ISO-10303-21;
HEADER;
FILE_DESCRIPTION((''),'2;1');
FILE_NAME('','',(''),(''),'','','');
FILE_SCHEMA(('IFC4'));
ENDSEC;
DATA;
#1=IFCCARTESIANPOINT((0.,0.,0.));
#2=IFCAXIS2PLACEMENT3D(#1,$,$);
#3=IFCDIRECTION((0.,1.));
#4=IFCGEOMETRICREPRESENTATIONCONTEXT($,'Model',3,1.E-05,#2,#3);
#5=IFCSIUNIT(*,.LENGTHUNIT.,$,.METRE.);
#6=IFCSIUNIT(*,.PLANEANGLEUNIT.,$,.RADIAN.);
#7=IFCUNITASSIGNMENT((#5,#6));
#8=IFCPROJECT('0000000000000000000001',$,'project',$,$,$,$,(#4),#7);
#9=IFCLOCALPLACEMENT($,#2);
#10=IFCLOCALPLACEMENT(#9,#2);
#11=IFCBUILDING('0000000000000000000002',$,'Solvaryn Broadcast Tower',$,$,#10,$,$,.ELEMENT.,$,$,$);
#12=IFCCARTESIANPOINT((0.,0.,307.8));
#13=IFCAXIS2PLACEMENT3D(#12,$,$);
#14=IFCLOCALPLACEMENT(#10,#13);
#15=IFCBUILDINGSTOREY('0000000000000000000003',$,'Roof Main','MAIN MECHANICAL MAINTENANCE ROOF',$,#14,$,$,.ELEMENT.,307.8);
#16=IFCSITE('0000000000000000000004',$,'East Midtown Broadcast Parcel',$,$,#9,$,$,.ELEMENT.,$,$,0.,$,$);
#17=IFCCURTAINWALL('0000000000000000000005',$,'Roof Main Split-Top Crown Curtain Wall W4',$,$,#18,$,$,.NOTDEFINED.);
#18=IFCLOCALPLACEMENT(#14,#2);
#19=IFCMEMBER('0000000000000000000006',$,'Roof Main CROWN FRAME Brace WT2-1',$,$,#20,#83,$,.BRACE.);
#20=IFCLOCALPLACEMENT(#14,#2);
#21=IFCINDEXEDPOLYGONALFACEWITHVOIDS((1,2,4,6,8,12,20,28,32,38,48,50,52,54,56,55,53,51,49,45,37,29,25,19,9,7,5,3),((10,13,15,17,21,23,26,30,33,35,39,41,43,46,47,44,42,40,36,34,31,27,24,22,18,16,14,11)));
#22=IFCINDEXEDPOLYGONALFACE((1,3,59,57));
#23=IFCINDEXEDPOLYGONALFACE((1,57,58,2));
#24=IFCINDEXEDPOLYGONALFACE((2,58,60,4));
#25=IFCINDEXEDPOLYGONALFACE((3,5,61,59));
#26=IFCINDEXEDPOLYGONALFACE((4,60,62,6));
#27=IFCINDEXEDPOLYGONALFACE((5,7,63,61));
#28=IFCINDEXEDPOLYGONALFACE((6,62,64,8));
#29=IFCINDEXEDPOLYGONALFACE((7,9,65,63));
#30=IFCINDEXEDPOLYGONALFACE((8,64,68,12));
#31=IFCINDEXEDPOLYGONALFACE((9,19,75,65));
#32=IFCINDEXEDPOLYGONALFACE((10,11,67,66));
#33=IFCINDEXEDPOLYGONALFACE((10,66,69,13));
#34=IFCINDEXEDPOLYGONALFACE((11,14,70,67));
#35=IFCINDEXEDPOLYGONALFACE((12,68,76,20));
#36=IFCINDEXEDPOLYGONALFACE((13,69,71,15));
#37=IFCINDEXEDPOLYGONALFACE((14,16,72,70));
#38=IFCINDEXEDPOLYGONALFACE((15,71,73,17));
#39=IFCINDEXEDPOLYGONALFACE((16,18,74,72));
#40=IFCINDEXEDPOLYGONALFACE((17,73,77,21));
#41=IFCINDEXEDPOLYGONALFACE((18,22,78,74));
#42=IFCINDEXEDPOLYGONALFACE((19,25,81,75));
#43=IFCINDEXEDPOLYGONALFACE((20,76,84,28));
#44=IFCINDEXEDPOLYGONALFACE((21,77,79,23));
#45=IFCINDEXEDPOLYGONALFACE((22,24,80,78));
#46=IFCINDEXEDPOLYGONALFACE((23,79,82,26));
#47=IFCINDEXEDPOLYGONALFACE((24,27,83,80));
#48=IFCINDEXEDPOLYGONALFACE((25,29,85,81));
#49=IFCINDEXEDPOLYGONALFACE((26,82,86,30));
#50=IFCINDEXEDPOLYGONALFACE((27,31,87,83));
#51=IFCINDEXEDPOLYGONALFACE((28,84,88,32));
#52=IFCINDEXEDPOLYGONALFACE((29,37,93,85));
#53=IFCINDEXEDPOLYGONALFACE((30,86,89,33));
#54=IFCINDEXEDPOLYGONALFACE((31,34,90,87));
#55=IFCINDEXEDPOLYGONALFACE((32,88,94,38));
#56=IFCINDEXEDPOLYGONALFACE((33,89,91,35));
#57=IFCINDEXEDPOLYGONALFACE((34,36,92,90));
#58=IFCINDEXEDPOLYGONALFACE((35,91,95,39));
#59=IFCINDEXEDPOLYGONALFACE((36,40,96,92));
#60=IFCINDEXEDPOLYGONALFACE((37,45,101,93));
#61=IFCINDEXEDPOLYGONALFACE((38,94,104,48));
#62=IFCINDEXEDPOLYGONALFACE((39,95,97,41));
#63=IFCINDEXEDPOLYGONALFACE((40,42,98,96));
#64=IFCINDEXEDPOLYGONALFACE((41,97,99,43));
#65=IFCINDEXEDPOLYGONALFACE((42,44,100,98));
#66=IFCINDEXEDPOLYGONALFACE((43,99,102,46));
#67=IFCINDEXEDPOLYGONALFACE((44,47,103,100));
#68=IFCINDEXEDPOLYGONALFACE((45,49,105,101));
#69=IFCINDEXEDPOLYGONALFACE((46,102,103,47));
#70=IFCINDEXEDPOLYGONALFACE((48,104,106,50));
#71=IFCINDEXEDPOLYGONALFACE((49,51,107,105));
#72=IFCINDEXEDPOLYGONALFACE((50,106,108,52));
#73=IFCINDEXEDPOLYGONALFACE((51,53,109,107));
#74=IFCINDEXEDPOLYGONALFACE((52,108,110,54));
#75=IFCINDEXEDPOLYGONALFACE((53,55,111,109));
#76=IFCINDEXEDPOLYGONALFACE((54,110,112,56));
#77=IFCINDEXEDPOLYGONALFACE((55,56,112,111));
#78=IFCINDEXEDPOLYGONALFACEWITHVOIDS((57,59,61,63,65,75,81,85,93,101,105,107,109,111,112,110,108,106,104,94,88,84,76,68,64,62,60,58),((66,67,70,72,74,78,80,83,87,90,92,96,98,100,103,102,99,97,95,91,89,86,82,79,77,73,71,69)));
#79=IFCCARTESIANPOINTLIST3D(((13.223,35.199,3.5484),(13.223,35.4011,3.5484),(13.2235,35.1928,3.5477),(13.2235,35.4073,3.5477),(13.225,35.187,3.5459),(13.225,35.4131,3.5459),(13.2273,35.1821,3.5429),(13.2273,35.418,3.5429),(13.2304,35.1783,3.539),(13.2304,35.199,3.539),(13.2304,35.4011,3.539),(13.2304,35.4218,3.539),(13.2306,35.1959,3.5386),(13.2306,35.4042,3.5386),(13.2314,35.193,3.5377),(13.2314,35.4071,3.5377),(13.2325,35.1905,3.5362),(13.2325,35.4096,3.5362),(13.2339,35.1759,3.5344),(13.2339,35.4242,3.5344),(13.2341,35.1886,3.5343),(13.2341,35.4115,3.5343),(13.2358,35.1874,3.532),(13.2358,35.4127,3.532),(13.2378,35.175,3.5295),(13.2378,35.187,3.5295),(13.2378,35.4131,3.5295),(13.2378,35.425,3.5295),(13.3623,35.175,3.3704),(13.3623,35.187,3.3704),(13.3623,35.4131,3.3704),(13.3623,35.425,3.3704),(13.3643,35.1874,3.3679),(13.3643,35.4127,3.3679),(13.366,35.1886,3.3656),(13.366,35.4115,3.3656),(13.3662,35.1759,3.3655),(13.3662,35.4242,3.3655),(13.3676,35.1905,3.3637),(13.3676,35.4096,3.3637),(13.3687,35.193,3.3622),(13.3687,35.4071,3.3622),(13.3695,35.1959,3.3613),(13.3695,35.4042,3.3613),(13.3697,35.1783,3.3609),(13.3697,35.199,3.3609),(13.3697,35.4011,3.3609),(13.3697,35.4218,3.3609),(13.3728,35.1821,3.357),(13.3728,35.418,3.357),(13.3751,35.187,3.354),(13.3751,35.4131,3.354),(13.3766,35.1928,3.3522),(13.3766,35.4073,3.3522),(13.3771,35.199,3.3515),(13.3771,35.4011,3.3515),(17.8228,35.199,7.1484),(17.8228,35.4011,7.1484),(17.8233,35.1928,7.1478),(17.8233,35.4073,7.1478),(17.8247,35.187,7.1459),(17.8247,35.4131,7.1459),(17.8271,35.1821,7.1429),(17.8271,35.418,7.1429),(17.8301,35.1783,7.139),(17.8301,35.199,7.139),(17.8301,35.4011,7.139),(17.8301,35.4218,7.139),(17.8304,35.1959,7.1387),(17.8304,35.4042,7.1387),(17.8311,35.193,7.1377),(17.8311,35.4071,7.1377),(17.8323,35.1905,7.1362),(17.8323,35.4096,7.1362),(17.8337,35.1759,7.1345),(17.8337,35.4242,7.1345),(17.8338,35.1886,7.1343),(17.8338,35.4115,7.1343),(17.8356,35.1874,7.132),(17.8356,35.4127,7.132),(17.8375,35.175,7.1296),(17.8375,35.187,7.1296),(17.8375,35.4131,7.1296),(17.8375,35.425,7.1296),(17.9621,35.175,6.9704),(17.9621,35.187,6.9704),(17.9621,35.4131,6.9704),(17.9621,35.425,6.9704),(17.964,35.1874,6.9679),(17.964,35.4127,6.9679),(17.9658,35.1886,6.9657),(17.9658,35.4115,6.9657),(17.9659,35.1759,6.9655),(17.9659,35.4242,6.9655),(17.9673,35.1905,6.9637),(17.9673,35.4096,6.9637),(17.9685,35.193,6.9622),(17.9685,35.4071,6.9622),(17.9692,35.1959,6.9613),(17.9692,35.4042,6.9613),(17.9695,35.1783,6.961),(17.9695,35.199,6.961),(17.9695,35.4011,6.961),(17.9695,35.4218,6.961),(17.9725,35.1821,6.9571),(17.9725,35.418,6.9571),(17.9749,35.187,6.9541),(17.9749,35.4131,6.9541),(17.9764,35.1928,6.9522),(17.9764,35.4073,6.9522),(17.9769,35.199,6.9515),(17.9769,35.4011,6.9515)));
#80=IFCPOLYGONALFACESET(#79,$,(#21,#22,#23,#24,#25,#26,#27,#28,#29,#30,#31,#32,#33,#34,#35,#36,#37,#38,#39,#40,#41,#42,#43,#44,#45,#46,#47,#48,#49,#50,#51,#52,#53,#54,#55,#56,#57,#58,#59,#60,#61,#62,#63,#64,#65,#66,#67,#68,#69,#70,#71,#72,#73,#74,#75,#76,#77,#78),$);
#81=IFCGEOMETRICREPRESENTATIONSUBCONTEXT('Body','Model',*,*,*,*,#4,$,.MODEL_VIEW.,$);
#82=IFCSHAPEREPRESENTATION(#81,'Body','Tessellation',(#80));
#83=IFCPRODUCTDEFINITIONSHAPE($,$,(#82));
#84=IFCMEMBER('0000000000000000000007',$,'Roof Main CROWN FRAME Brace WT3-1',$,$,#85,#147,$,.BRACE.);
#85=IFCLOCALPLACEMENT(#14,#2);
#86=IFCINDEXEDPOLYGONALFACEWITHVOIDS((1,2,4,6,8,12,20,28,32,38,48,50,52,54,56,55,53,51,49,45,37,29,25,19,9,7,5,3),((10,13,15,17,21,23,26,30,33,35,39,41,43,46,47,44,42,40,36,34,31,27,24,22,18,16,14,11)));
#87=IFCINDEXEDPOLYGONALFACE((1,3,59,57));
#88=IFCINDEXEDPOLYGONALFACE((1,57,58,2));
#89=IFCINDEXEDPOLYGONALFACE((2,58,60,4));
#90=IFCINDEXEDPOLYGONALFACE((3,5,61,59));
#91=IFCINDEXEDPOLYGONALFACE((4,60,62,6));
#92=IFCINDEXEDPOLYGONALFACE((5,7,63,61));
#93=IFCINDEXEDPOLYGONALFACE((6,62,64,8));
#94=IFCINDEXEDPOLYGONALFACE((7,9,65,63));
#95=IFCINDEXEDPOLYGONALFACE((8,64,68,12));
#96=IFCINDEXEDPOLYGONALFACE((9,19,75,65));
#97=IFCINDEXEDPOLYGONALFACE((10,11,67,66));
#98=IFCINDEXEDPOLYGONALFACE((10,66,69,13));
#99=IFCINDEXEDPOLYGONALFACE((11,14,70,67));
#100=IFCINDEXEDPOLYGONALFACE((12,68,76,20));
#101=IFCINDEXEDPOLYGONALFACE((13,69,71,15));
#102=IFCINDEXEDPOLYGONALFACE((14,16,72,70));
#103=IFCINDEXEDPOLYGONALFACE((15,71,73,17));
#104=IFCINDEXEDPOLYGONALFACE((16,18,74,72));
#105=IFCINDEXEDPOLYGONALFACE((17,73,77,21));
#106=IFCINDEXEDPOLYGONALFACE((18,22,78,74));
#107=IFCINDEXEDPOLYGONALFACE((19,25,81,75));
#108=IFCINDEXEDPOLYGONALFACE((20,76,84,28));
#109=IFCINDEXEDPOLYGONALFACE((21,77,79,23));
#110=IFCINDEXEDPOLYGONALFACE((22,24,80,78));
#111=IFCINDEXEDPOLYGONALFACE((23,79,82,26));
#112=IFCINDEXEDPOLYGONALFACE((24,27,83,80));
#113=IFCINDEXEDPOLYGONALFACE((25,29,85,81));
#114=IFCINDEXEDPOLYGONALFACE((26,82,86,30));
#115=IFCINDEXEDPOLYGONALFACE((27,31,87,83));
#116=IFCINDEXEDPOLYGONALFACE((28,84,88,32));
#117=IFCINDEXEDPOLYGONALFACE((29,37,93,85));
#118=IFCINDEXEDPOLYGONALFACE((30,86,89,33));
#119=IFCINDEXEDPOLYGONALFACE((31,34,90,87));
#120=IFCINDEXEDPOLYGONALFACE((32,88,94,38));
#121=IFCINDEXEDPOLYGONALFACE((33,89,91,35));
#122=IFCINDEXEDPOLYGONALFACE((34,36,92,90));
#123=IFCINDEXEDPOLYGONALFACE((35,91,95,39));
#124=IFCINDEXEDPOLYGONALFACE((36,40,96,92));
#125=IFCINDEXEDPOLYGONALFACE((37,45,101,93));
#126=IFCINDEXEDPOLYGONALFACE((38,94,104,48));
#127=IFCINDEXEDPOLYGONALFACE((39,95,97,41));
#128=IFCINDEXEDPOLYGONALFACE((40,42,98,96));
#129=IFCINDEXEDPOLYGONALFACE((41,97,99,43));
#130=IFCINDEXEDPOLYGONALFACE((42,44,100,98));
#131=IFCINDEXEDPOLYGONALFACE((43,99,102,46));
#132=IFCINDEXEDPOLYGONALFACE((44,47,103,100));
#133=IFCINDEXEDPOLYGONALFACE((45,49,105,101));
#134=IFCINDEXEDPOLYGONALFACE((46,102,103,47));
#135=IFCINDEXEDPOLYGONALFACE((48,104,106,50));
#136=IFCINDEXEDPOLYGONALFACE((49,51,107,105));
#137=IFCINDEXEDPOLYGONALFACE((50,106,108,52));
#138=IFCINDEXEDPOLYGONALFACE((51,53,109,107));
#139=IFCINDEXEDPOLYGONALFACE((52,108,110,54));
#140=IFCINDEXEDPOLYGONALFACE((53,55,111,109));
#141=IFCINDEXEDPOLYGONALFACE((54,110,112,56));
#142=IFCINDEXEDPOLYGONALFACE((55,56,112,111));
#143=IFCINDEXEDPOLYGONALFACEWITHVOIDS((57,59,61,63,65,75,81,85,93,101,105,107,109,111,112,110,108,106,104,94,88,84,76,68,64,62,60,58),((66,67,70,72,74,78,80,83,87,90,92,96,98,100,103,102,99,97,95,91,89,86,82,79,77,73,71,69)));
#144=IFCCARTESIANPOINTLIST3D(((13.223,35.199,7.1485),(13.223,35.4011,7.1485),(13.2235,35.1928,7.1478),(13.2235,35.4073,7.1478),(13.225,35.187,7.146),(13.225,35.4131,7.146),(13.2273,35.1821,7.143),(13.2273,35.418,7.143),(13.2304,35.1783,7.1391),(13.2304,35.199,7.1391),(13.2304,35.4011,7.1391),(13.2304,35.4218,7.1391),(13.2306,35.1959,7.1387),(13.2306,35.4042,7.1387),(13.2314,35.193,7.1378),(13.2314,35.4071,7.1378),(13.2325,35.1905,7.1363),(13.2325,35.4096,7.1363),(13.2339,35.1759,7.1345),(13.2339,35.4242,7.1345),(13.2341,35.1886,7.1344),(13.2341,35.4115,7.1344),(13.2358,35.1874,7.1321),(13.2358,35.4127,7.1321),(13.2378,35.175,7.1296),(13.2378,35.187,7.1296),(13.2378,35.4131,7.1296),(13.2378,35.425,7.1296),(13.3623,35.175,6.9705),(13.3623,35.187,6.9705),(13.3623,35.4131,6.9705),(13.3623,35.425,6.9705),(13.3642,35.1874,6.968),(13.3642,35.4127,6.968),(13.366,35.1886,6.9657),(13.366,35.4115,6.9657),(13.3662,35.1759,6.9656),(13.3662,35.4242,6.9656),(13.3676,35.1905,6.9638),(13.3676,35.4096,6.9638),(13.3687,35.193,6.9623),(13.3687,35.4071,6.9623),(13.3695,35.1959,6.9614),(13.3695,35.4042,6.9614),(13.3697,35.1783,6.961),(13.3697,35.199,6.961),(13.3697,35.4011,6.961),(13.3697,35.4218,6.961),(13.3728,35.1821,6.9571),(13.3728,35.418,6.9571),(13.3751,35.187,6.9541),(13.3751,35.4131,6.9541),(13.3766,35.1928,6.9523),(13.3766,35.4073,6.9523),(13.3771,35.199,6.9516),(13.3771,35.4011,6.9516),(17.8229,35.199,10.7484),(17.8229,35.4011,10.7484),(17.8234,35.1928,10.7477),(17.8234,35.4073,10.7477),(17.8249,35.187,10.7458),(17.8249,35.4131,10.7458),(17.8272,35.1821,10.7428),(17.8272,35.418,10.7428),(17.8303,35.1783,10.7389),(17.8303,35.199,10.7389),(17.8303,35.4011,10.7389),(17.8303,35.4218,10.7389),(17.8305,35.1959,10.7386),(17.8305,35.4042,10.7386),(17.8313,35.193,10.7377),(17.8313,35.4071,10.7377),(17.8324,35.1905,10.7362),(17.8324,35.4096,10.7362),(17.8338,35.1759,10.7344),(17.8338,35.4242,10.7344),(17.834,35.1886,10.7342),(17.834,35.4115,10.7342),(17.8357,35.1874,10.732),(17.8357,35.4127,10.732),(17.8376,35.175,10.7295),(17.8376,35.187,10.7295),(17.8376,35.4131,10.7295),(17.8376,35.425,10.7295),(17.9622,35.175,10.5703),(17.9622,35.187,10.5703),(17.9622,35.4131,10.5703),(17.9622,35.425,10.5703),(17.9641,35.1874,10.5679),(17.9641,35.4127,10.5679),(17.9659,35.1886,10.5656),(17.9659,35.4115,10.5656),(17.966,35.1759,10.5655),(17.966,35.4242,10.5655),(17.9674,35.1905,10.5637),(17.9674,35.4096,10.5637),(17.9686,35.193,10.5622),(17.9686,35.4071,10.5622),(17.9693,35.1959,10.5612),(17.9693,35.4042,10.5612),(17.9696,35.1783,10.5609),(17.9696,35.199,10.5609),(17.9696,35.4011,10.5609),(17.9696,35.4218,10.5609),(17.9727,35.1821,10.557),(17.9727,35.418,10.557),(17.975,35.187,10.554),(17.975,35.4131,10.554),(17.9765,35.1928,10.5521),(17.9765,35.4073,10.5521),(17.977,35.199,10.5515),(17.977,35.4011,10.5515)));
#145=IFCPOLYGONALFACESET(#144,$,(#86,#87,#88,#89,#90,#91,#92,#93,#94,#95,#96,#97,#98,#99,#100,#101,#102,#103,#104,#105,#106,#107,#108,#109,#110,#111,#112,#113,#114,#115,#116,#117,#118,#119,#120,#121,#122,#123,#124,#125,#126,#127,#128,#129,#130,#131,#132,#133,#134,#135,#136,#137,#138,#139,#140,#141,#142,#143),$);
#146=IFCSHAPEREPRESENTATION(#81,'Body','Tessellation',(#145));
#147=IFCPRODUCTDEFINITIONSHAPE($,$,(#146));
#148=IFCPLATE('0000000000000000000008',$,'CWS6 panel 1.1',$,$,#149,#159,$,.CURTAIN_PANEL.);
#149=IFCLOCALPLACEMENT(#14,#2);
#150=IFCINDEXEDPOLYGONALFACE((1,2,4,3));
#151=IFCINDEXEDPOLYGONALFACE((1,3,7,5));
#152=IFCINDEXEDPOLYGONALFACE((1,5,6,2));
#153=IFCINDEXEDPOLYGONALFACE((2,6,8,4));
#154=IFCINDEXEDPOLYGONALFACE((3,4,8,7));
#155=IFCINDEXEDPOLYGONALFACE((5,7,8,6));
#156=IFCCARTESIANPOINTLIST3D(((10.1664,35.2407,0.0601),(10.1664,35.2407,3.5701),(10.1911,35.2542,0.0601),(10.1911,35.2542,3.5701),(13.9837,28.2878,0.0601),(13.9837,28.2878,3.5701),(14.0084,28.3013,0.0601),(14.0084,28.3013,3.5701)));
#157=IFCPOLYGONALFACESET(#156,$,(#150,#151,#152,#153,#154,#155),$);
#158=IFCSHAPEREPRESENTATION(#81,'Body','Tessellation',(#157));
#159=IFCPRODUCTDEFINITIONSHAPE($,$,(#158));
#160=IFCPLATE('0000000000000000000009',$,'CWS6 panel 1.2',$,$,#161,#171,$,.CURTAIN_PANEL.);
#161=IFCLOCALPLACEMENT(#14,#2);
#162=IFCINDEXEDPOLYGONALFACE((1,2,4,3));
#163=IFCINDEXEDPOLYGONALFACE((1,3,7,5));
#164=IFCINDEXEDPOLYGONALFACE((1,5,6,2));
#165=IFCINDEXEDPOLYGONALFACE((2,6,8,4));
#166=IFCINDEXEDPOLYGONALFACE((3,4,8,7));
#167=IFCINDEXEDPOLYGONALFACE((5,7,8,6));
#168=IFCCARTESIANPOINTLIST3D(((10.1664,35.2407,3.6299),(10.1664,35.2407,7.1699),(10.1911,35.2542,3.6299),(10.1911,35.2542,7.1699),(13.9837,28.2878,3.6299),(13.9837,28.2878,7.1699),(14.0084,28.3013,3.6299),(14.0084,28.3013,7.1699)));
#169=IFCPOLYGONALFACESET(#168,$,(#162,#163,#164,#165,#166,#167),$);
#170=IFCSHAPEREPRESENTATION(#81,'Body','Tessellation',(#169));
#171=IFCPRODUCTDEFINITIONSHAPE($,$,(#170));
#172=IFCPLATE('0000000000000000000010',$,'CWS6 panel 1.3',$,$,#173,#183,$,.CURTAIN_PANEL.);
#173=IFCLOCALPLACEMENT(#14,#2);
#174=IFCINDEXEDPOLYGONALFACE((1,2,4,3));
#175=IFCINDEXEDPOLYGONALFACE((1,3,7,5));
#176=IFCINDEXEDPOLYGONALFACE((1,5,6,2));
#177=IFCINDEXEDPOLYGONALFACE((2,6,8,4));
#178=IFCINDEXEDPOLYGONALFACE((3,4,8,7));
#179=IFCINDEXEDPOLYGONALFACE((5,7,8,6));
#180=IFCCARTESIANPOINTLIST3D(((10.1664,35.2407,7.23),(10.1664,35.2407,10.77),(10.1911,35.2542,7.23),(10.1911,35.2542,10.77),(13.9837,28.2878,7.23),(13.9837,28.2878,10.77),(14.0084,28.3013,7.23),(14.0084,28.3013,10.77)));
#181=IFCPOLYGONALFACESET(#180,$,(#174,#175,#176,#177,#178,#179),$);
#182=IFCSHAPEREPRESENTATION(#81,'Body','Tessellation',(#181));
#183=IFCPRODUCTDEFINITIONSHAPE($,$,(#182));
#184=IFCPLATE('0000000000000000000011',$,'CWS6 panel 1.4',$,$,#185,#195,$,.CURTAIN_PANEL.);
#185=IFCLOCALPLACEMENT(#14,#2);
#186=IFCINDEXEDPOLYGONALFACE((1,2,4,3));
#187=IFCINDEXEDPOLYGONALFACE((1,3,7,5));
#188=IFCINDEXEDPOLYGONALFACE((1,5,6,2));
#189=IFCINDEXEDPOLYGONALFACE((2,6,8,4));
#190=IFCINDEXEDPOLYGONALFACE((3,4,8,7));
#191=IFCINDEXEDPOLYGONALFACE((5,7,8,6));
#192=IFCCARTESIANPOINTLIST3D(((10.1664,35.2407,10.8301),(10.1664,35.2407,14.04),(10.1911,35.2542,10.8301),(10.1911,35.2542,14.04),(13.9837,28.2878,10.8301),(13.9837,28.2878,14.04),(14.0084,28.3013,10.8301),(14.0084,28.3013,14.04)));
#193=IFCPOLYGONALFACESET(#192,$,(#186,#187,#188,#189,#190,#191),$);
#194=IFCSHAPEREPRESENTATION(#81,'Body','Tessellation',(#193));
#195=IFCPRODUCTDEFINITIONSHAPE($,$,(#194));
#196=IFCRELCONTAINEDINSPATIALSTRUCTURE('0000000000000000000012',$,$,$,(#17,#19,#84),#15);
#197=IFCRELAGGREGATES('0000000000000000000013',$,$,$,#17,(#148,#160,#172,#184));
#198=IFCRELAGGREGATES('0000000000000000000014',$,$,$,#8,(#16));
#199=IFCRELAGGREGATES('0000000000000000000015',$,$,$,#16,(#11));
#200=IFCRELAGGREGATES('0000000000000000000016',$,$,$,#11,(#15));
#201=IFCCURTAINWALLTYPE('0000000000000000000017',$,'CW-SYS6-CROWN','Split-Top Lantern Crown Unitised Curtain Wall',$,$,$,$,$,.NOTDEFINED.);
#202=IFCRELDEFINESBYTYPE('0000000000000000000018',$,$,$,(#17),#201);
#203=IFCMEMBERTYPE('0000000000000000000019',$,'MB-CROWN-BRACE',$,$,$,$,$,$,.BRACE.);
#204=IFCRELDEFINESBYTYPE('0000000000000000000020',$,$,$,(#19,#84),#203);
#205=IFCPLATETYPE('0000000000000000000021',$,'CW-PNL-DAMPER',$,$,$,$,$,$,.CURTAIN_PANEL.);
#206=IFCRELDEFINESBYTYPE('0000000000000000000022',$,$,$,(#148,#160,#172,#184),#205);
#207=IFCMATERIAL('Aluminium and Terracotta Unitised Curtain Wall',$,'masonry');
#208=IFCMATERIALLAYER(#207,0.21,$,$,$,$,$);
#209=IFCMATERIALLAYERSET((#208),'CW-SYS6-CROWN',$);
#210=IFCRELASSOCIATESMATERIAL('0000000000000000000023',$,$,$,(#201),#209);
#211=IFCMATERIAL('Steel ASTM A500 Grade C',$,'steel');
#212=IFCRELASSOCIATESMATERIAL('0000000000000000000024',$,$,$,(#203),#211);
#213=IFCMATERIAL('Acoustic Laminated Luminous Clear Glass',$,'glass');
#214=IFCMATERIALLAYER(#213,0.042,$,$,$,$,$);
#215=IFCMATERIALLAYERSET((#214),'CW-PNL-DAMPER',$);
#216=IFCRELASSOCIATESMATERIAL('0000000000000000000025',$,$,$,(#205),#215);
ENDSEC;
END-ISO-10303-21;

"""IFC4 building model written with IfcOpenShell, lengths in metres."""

from ifc_helpers import new_model, si_unit, direction, frame, origin, origin_2d, place, context, subcontext, project, spatial, rectangle, hollow_rectangle, extrude, material, layer, layer_set, material_profile, profile_set, type_object, element, aggregate, save


model = new_model("IFC4")

# Units and contexts
model_context = context("Model", 3, precision=1e-05, world=origin(), true_north=direction((0.0, 1.0)))
body_context = subcontext(model_context, "Body", "Model", "MODEL_VIEW")
ifc_project = project(units=[si_unit("LENGTHUNIT", "METRE"), si_unit("PLANEANGLEUNIT", "RADIAN")], contexts=[model_context])

# Site, building, storey
site_placement = place(None, origin())
site = spatial("IfcSite", under=ifc_project, at=site_placement, Name="East Midtown Broadcast Parcel", CompositionType="ELEMENT", RefElevation=0.0)
building_placement = place(site_placement, origin())
building = spatial("IfcBuilding", under=site, at=building_placement, Name="Solvaryn Broadcast Tower", CompositionType="ELEMENT")
storey_placement = place(building_placement, frame((0.0, 0.0, 307.8)))
storey = spatial("IfcBuildingStorey", under=building, at=storey_placement, Name="Roof Main", Description="MAIN MECHANICAL MAINTENANCE ROOF", CompositionType="ELEMENT", Elevation=307.8)

# Curtain wall
ifc_material_1 = material(Name="Aluminium and Terracotta Unitised Curtain Wall", Category="masonry")
ifc_layer_1 = layer(ifc_material_1, 0.21)
ifc_layer_set_1 = layer_set([ifc_layer_1], Name="CW-SYS6-CROWN")
curtain_wall_type = type_object("IfcCurtainWallType", Name="CW-SYS6-CROWN", Description="Split-Top Lantern Crown Unitised Curtain Wall", PredefinedType="NOTDEFINED", material=ifc_layer_set_1)
curtain_wall_1_placement = place(storey_placement, origin())
curtain_wall_1 = element("IfcCurtainWall", 1, at=curtain_wall_1_placement, inside=storey, type_object=curtain_wall_type, Name="Roof Main Split-Top Crown Curtain Wall W4", PredefinedType="NOTDEFINED")

# Members
ifc_material_2 = material(Name="Steel ASTM A500 Grade C", Category="steel")
ifc_material_profile_1 = material_profile(ifc_material_2, hollow_rectangle(XDim=0.25, YDim=0.25, WallThickness=0.012, InnerFilletRadius=0.012, OuterFilletRadius=0.0239, at=origin_2d()))
ifc_profile_set_1 = profile_set([ifc_material_profile_1], Name="Steel ASTM A500 Grade C")
member_type_1 = type_object("IfcMemberType", Name="MB-CROWN-BRACE", PredefinedType="BRACE", material=ifc_profile_set_1)
for number, where, z_axis, x_axis, name in (
    (2, (13.3, 35.3, 3.45), (0.787487, 0.0, 0.616331), (0.0, 1.0, 0.0), "Roof Main CROWN FRAME Brace WT2-1"),
    (3, (13.3, 35.3, 7.05), (0.787508, 0.0, 0.616305), (0.0, 1.0, 0.0), "Roof Main CROWN FRAME Brace WT3-1"),
):
    element("IfcMember", number, at=place(storey_placement, frame(where, z_axis=z_axis, x_axis=x_axis)), inside=storey, type_object=member_type_1, Name=name, PredefinedType="BRACE", context=body_context, shape_type="SweptSolid", body=[
        extrude(hollow_rectangle(XDim=0.25, YDim=0.25, WallThickness=0.012, InnerFilletRadius=0.012, OuterFilletRadius=0.0239, at=origin_2d()), origin(), (0.0, 0.0, 1.0), 5.8411),
    ])

# Plates
ifc_material_3 = material(Name="Acoustic Laminated Luminous Clear Glass", Category="glass")
ifc_layer_2 = layer(ifc_material_3, 0.042)
ifc_layer_set_2 = layer_set([ifc_layer_2], Name="CW-PNL-DAMPER")
plate_type_1 = type_object("IfcPlateType", Name="CW-PNL-DAMPER", PredefinedType="CURTAIN_PANEL", material=ifc_layer_set_2)
plate_1_placement = place(storey_placement, frame((12.0874, 31.771, 0.0601), z_axis=(0.0, 0.0, 1.0), x_axis=(0.481261, -0.876578, 0.0)))
plate_1 = element("IfcPlate", 4, at=plate_1_placement, type_object=plate_type_1, Name="CWS6 panel 1.1", PredefinedType="CURTAIN_PANEL", context=body_context, shape_type="SweptSolid", body=[
    extrude(rectangle(XDim=7.9319, YDim=0.0281, at=origin_2d()), origin(), (0.0, 0.0, 1.0), 3.51),
])
plate_2_placement = place(storey_placement, frame((12.0874, 31.771, 3.6299), z_axis=(0.0, 0.0, 1.0), x_axis=(0.481261, -0.876578, 0.0)))
plate_2 = element("IfcPlate", 5, at=plate_2_placement, type_object=plate_type_1, Name="CWS6 panel 1.2", PredefinedType="CURTAIN_PANEL", context=body_context, shape_type="SweptSolid", body=[
    extrude(rectangle(XDim=7.9319, YDim=0.0281, at=origin_2d()), origin(), (0.0, 0.0, 1.0), 3.54),
])
plate_3_placement = place(storey_placement, frame((12.0874, 31.771, 7.23), z_axis=(0.0, 0.0, 1.0), x_axis=(0.481261, -0.876578, 0.0)))
plate_3 = element("IfcPlate", 6, at=plate_3_placement, type_object=plate_type_1, Name="CWS6 panel 1.3", PredefinedType="CURTAIN_PANEL", context=body_context, shape_type="SweptSolid", body=[
    extrude(rectangle(XDim=7.9319, YDim=0.0281, at=origin_2d()), origin(), (0.0, 0.0, 1.0), 3.54),
])
plate_4_placement = place(storey_placement, frame((12.0874, 31.771, 10.8301), z_axis=(0.0, 0.0, 1.0), x_axis=(0.481261, -0.876578, 0.0)))
plate_4 = element("IfcPlate", 7, at=plate_4_placement, type_object=plate_type_1, Name="CWS6 panel 1.4", PredefinedType="CURTAIN_PANEL", context=body_context, shape_type="SweptSolid", body=[
    extrude(rectangle(XDim=7.9319, YDim=0.0281, at=origin_2d()), origin(), (0.0, 0.0, 1.0), 3.21),
])
aggregate(curtain_wall_1, [plate_1, plate_2, plate_3, plate_4])

save(model, "model.ifc")
